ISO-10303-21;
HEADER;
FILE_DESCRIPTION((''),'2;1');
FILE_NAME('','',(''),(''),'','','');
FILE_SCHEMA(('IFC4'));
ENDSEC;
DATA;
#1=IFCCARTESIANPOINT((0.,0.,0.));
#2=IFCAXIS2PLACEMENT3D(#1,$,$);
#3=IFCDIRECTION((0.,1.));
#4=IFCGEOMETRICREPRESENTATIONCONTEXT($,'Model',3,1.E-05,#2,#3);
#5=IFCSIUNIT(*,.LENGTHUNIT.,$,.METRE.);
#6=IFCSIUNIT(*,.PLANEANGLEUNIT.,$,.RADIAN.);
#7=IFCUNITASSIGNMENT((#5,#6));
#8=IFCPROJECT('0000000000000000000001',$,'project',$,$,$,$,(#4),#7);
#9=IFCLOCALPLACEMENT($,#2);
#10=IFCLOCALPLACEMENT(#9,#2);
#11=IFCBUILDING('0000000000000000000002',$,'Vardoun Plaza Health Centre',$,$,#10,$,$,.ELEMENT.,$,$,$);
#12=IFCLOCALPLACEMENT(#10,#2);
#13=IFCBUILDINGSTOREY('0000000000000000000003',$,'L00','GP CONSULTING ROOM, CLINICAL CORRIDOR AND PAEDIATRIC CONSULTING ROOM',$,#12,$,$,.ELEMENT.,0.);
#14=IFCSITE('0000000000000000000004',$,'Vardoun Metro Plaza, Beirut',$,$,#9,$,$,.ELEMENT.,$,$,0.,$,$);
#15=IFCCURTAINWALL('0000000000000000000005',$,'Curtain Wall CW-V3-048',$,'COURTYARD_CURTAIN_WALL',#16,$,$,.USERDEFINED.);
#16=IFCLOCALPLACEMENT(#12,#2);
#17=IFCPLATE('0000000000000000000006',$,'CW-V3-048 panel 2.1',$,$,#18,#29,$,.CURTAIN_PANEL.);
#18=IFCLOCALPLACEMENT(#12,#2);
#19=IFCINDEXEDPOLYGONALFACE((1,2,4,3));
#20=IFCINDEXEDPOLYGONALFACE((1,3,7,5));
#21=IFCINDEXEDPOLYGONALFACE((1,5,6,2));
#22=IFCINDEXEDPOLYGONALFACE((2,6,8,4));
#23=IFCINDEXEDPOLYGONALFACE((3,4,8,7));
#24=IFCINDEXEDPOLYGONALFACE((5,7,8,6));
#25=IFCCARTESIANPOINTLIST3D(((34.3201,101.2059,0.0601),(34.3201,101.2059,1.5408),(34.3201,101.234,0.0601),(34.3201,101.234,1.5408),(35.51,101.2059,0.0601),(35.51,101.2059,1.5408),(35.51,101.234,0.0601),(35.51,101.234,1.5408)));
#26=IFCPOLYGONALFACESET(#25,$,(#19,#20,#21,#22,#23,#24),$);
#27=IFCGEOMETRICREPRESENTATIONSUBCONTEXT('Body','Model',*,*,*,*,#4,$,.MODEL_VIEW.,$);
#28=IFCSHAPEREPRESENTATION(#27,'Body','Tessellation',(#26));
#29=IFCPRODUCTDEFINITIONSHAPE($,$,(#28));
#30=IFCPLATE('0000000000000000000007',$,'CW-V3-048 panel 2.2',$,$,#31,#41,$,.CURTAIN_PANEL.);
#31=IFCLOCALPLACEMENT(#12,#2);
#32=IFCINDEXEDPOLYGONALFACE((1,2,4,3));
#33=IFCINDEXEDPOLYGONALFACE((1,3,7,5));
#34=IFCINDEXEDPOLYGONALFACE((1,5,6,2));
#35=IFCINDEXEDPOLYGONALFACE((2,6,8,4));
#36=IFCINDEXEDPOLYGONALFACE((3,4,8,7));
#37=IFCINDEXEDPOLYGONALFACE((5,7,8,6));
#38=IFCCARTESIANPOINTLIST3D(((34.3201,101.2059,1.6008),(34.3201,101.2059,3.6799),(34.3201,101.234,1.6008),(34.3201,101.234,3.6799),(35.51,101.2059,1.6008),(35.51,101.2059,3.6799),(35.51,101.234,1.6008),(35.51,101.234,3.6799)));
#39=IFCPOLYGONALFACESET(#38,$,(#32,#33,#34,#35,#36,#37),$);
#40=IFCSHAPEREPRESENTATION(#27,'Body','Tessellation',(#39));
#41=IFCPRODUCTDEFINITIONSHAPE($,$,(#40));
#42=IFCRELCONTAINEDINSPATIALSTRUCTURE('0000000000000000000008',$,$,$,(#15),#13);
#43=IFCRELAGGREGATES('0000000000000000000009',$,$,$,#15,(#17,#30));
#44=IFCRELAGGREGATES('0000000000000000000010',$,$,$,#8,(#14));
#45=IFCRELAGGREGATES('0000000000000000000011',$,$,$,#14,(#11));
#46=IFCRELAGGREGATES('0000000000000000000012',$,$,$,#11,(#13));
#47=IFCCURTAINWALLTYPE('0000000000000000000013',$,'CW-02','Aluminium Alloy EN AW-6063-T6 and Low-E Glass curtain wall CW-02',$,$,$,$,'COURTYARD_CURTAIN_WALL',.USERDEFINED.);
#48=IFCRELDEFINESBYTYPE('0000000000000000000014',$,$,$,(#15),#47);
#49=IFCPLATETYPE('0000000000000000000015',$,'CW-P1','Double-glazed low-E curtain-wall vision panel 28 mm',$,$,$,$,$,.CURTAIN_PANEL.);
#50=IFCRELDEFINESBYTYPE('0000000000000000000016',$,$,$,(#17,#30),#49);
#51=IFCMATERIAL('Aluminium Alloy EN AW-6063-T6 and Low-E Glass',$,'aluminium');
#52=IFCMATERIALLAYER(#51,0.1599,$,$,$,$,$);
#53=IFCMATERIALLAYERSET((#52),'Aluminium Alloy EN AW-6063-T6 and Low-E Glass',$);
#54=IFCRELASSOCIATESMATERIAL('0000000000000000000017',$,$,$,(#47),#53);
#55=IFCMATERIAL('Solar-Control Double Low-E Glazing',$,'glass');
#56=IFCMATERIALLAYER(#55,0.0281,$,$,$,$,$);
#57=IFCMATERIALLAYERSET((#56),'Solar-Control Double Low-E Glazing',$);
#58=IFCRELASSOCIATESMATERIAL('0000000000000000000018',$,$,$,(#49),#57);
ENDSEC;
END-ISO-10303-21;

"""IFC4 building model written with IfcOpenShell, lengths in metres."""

from ifc_helpers import new_model, si_unit, direction, frame, origin, origin_2d, place, context, subcontext, project, spatial, rectangle, extrude, material, layer, layer_set, type_object, element, aggregate, save


model = new_model("IFC4")

# Units and contexts
model_context = context("Model", 3, precision=1e-05, world=origin(), true_north=direction((0.0, 1.0)))
body_context = subcontext(model_context, "Body", "Model", "MODEL_VIEW")
ifc_project = project(units=[si_unit("LENGTHUNIT", "METRE"), si_unit("PLANEANGLEUNIT", "RADIAN")], contexts=[model_context])

# Site, building, storey
site_placement = place(None, origin())
site = spatial("IfcSite", under=ifc_project, at=site_placement, Name="Vardoun Metro Plaza, Beirut", CompositionType="ELEMENT", RefElevation=0.0)
building_placement = place(site_placement, origin())
building = spatial("IfcBuilding", under=site, at=building_placement, Name="Vardoun Plaza Health Centre", CompositionType="ELEMENT")
storey_placement = place(building_placement, origin())
storey = spatial("IfcBuildingStorey", under=building, at=storey_placement, Name="L00", Description="GP CONSULTING ROOM, CLINICAL CORRIDOR AND PAEDIATRIC CONSULTING ROOM", CompositionType="ELEMENT", Elevation=0.0)

# Curtain wall
ifc_material_1 = material(Name="Aluminium Alloy EN AW-6063-T6 and Low-E Glass", Category="aluminium")
ifc_layer_1 = layer(ifc_material_1, 0.1599)
ifc_layer_set_1 = layer_set([ifc_layer_1], Name="Aluminium Alloy EN AW-6063-T6 and Low-E Glass")
curtain_wall_type = type_object("IfcCurtainWallType", Name="CW-02", Description="Aluminium Alloy EN AW-6063-T6 and Low-E Glass curtain wall CW-02", ElementType="COURTYARD_CURTAIN_WALL", PredefinedType="USERDEFINED", material=ifc_layer_set_1)
curtain_wall_1_placement = place(storey_placement, origin())
curtain_wall_1 = element("IfcCurtainWall", 1, at=curtain_wall_1_placement, inside=storey, type_object=curtain_wall_type, Name="Curtain Wall CW-V3-048", ObjectType="COURTYARD_CURTAIN_WALL", PredefinedType="USERDEFINED")

# Plates
ifc_material_2 = material(Name="Solar-Control Double Low-E Glazing", Category="glass")
ifc_layer_2 = layer(ifc_material_2, 0.0281)
ifc_layer_set_2 = layer_set([ifc_layer_2], Name="Solar-Control Double Low-E Glazing")
plate_type = type_object("IfcPlateType", Name="CW-P1", Description="Double-glazed low-E curtain-wall vision panel 28 mm", PredefinedType="CURTAIN_PANEL", material=ifc_layer_set_2)
plate_1_placement = place(storey_placement, frame((34.915, 101.22, 0.0601), z_axis=(0.0, 0.0, 1.0), x_axis=(-1.0, 0.0, 0.0)))
plate_1 = element("IfcPlate", 2, at=plate_1_placement, type_object=plate_type, Name="CW-V3-048 panel 2.1", PredefinedType="CURTAIN_PANEL", context=body_context, shape_type="SweptSolid", body=[
    extrude(rectangle(XDim=1.1899, YDim=0.0281, at=origin_2d()), origin(), (0.0, 0.0, 1.0), 1.4807),
])
plate_2_placement = place(storey_placement, frame((34.915, 101.22, 1.6008), z_axis=(0.0, 0.0, 1.0), x_axis=(-1.0, 0.0, 0.0)))
plate_2 = element("IfcPlate", 3, at=plate_2_placement, type_object=plate_type, Name="CW-V3-048 panel 2.2", PredefinedType="CURTAIN_PANEL", context=body_context, shape_type="SweptSolid", body=[
    extrude(rectangle(XDim=1.1899, YDim=0.0281, at=origin_2d()), origin(), (0.0, 0.0, 1.0), 2.0791),
])
aggregate(curtain_wall_1, [plate_1, plate_2])

save(model, "model.ifc")
